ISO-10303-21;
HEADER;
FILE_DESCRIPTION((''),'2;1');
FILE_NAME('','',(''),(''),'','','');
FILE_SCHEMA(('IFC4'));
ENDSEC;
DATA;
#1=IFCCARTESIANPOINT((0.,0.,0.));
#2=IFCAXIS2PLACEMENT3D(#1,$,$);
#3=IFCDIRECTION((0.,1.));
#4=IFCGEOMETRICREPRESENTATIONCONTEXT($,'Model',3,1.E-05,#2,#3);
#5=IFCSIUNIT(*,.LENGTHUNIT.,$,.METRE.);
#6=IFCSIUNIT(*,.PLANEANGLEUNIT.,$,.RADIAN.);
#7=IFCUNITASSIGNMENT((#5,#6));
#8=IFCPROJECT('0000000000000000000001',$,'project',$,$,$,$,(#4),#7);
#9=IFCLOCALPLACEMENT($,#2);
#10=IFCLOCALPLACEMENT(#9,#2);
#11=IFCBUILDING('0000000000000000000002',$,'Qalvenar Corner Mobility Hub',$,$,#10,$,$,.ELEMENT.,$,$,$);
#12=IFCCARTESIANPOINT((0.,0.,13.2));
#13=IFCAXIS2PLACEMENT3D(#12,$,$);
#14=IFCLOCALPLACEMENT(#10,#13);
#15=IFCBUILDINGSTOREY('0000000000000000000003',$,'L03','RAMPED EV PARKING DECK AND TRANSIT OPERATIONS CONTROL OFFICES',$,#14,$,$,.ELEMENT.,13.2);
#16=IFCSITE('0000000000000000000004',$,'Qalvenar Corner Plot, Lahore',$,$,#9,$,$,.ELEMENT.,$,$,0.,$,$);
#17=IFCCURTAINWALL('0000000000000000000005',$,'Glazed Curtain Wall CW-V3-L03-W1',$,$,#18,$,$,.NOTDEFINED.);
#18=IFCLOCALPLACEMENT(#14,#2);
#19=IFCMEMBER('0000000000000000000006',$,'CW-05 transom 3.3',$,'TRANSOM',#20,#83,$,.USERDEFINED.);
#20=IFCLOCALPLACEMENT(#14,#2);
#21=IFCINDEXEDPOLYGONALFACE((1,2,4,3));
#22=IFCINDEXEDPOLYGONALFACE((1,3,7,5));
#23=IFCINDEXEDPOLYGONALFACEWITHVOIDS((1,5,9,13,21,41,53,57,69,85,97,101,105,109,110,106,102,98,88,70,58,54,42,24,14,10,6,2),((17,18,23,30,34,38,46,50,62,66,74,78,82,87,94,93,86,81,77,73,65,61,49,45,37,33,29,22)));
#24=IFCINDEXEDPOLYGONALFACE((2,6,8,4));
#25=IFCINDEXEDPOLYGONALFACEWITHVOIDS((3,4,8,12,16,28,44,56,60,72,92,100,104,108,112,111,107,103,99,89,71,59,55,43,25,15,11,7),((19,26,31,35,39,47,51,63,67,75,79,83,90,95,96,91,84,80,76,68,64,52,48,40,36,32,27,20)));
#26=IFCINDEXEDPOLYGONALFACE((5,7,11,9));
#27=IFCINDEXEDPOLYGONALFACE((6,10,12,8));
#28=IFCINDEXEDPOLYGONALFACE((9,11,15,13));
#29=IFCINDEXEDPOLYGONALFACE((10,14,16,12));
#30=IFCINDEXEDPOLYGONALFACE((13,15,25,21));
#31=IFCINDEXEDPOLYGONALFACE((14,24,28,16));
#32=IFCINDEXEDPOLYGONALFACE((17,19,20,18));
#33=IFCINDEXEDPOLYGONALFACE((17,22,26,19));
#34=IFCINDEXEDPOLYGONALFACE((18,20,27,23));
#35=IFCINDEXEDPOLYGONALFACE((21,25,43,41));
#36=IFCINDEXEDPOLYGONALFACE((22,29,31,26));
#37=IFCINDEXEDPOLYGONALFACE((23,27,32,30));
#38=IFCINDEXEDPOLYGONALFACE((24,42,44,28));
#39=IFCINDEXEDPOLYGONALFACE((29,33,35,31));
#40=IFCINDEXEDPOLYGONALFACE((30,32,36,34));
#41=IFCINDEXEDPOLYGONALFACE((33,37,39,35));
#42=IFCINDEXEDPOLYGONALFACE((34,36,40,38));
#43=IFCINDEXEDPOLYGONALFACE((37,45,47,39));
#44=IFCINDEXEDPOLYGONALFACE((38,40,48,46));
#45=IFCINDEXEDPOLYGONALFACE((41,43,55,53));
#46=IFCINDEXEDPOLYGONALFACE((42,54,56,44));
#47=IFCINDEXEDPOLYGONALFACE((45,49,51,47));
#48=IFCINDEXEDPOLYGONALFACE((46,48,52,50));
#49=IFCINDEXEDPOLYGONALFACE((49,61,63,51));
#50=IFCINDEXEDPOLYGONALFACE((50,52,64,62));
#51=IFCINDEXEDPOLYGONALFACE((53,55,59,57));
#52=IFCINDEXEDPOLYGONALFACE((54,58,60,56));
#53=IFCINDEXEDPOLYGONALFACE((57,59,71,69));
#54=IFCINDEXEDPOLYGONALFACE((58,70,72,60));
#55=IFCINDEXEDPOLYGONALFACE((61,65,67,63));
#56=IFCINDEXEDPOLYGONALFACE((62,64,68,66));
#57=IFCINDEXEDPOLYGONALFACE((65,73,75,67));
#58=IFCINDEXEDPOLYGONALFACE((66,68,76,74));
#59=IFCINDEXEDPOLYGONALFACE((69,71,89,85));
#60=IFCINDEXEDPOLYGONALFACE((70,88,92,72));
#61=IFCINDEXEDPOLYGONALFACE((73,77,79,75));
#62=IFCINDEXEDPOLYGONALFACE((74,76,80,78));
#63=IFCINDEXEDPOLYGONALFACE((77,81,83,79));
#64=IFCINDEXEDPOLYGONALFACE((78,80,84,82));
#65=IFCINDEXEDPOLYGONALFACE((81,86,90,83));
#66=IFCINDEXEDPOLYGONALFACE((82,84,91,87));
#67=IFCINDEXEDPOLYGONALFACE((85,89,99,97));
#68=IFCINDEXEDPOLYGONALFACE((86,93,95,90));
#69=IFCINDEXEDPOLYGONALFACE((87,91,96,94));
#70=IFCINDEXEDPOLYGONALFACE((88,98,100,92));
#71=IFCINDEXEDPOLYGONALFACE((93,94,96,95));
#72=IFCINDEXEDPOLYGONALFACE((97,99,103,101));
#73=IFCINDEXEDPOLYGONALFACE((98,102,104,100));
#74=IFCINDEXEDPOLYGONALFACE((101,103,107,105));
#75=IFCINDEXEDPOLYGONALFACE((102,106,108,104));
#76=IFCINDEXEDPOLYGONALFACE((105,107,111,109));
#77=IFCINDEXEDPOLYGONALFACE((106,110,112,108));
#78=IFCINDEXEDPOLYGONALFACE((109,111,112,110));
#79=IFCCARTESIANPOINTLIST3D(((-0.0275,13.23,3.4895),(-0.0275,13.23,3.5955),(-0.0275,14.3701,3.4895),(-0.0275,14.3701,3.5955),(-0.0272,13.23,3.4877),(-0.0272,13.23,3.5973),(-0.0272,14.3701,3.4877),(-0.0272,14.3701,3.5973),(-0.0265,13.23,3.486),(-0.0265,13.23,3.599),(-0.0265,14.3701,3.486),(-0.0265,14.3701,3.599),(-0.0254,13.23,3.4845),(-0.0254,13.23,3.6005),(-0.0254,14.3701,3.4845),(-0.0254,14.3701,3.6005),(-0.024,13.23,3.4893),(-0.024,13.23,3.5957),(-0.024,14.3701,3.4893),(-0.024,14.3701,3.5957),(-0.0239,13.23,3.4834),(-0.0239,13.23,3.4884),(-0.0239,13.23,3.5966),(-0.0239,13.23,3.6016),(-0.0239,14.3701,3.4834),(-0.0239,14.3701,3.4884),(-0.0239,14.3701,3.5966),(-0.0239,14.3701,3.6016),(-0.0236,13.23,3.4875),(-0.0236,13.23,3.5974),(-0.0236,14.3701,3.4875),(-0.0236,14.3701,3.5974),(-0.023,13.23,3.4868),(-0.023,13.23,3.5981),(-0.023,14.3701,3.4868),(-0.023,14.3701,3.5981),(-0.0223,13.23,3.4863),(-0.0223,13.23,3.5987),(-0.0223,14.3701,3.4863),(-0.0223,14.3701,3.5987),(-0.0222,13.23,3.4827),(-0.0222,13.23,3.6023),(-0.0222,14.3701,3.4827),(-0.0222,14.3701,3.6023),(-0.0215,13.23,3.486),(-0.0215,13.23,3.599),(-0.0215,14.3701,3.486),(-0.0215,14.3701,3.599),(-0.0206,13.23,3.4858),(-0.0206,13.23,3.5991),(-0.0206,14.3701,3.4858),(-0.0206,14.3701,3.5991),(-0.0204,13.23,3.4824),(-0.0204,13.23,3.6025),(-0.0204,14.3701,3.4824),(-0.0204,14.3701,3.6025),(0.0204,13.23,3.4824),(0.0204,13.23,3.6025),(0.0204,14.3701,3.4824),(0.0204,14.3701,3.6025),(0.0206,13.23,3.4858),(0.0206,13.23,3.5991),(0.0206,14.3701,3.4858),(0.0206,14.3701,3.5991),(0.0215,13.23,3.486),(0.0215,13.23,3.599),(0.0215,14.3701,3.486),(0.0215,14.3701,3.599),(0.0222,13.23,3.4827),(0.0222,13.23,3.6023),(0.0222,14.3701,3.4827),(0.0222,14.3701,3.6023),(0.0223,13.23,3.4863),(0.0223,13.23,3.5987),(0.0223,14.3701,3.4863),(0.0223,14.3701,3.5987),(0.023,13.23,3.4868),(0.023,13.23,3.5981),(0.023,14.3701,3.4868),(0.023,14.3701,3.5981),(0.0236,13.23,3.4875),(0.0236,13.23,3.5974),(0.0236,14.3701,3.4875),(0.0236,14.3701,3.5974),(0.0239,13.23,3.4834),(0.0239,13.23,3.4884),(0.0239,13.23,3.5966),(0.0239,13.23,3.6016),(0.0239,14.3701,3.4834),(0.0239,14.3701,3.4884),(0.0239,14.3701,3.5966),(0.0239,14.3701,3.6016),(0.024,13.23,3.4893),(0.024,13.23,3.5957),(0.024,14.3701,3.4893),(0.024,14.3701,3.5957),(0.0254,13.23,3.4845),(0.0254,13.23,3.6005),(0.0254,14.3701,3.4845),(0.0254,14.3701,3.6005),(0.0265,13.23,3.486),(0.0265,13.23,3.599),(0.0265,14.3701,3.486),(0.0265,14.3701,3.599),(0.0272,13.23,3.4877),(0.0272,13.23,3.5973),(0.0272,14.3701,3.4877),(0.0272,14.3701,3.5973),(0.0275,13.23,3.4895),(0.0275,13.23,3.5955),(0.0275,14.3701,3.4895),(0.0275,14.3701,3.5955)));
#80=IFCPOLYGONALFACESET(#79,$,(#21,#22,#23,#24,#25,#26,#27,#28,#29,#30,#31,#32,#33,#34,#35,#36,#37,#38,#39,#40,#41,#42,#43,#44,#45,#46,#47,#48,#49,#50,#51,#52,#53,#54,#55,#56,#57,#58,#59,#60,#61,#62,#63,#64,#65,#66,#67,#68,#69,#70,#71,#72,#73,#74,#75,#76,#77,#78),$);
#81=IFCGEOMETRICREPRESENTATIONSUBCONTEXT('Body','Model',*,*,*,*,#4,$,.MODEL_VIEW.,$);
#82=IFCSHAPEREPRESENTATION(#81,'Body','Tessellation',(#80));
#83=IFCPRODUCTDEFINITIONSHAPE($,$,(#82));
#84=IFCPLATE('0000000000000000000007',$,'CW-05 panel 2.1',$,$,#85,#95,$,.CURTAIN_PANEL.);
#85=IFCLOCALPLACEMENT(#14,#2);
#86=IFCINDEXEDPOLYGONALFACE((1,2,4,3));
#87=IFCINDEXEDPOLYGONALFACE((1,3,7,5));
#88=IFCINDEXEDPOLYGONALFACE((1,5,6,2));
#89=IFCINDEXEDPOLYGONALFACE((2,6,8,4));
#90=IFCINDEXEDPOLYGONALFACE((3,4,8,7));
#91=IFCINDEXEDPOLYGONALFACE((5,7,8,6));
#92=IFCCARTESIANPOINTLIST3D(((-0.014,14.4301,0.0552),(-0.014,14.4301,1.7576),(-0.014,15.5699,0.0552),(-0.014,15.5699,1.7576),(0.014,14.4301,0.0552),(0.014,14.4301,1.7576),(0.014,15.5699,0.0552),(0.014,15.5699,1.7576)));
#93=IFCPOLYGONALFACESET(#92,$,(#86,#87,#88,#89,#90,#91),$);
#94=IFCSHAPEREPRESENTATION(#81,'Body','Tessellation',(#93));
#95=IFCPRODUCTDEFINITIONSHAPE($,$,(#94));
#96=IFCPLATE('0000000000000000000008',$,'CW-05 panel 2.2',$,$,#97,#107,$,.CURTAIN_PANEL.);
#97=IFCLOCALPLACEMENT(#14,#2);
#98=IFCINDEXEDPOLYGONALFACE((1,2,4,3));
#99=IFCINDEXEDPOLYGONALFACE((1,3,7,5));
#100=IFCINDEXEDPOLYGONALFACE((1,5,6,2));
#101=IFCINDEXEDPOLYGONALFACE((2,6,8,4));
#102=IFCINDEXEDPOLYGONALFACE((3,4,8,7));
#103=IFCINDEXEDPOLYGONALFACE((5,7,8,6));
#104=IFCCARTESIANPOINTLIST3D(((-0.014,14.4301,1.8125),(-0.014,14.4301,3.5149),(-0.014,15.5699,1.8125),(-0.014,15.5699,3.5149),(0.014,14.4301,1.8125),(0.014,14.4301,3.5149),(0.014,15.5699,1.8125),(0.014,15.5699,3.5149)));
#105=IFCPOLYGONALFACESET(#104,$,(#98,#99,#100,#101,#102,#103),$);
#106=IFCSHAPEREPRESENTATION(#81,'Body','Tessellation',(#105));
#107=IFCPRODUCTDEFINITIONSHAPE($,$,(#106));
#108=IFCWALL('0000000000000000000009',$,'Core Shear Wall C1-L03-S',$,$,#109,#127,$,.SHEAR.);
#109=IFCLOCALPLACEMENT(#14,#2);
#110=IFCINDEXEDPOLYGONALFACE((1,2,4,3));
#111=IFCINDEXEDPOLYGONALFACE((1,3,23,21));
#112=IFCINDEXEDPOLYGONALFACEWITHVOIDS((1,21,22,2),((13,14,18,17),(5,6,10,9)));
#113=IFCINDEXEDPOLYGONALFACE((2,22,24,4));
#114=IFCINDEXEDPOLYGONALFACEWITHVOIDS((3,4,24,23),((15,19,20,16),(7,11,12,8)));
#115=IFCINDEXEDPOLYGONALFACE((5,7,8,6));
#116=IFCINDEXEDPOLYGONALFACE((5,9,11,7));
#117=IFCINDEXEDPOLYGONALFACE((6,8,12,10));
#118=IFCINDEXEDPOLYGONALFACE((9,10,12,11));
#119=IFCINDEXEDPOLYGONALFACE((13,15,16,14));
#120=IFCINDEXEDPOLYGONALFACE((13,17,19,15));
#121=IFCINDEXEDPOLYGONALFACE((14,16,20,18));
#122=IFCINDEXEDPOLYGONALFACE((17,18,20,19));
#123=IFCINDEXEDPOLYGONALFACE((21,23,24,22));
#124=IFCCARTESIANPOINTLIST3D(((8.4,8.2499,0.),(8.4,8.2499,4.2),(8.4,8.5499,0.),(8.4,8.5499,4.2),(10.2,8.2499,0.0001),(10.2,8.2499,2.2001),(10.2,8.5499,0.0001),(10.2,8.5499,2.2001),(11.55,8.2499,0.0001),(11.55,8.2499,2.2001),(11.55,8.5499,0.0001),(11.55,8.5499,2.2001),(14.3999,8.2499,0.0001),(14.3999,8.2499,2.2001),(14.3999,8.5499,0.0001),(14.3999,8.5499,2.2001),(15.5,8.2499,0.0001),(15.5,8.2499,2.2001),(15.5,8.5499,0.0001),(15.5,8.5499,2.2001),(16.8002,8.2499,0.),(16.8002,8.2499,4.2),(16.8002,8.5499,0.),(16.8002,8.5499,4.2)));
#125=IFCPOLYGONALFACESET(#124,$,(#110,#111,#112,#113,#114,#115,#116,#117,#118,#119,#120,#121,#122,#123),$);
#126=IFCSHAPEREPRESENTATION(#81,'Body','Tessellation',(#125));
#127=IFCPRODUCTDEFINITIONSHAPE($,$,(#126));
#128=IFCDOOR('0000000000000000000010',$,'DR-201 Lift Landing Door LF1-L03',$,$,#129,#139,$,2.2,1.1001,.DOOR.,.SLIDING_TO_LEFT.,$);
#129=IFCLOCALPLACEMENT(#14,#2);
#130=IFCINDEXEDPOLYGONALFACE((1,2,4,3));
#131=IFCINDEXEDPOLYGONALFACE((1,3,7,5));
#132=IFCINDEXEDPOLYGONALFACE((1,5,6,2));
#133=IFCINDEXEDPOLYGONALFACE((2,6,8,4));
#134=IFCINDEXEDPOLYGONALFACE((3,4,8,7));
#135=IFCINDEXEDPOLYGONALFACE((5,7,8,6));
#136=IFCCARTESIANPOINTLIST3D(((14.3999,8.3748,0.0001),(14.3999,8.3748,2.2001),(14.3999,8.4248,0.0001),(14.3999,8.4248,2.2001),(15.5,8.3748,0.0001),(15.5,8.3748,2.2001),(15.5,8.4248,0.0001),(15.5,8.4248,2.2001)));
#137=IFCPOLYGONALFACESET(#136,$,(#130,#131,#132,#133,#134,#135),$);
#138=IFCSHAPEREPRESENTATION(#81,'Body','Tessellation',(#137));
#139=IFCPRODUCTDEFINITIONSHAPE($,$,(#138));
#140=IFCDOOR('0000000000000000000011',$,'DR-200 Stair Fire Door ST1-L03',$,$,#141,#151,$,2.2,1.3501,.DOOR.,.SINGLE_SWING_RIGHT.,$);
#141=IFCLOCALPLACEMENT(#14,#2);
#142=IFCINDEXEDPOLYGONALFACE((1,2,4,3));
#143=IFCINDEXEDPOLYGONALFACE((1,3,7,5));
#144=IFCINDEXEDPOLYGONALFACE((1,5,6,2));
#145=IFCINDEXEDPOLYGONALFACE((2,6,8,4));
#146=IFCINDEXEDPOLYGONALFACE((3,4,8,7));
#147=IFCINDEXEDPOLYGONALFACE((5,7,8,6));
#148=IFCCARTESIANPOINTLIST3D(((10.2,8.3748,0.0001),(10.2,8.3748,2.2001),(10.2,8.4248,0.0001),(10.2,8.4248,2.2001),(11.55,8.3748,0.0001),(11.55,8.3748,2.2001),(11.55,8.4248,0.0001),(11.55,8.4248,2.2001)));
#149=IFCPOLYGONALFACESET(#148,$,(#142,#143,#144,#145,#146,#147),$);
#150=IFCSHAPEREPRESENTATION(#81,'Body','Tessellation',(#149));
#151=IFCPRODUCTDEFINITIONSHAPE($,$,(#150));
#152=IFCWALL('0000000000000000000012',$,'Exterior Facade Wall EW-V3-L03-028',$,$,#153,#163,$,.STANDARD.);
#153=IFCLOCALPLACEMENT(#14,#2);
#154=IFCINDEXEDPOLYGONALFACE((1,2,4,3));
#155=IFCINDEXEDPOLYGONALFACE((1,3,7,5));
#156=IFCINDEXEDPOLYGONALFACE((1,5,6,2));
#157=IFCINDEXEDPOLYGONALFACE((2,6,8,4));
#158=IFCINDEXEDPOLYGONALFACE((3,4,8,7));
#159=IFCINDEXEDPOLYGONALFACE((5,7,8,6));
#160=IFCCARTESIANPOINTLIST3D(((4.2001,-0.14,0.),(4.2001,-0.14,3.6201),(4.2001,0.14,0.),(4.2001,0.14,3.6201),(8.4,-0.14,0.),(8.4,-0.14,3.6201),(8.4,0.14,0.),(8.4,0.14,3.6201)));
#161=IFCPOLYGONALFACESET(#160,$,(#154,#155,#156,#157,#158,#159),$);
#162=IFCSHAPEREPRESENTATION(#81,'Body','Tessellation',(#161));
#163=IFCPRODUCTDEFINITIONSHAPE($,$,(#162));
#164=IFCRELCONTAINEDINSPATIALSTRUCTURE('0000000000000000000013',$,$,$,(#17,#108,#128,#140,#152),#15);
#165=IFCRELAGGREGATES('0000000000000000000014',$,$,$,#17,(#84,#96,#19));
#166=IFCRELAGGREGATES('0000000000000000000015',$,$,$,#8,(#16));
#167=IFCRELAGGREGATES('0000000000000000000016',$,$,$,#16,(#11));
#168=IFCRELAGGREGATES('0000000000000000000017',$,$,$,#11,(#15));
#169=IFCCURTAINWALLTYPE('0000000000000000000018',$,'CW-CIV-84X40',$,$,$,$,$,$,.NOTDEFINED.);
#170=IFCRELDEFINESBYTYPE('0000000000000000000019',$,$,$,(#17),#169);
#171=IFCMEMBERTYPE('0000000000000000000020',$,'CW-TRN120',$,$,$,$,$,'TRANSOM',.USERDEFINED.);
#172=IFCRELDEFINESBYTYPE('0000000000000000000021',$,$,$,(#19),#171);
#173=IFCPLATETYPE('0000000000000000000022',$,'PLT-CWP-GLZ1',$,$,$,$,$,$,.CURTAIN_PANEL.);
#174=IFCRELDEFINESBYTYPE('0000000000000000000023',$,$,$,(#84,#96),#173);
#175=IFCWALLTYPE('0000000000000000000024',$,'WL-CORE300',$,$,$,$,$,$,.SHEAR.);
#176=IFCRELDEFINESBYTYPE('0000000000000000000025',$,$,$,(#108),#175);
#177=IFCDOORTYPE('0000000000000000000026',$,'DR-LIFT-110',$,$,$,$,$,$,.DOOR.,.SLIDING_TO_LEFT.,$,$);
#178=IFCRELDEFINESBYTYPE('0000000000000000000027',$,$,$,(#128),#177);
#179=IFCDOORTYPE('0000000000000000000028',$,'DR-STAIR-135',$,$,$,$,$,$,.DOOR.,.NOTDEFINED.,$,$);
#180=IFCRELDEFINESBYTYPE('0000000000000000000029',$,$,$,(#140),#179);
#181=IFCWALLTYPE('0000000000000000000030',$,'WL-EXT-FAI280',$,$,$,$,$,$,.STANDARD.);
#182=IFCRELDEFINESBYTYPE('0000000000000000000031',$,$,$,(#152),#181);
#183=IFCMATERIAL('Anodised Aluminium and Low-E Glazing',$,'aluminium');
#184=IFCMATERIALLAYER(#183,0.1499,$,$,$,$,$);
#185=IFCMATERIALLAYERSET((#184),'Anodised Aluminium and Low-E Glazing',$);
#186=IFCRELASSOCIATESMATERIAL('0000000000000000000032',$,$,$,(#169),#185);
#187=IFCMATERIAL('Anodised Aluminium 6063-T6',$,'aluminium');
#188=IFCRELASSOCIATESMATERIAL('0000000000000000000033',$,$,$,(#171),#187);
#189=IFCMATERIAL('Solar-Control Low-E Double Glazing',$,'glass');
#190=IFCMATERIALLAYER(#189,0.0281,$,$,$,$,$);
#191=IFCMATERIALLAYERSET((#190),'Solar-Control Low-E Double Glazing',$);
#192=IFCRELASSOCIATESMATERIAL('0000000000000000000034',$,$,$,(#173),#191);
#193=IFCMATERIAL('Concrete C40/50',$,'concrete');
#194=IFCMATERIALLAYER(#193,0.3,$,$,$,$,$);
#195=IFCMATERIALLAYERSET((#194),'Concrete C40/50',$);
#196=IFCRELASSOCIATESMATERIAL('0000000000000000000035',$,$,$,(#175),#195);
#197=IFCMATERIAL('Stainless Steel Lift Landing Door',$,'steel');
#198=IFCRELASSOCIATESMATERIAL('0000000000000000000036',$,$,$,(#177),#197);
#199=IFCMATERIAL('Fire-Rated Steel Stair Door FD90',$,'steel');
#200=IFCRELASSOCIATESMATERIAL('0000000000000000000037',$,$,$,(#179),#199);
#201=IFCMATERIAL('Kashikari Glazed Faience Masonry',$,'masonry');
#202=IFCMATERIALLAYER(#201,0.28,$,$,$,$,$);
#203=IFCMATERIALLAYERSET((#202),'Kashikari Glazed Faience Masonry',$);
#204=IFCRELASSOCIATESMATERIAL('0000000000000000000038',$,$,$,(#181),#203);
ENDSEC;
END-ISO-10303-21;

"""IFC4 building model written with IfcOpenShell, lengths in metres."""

from ifc_helpers import new_model, si_unit, direction, frame, frame_2d, origin, origin_2d, place, context, subcontext, project, spatial, rectangle, hollow_rectangle, extrude, material, layer, layer_set, material_profile, profile_set, type_object, element, fill, aggregate, save


model = new_model("IFC4")

# Units and contexts
model_context = context("Model", 3, precision=1e-05, world=origin(), true_north=direction((0.0, 1.0)))
body_context = subcontext(model_context, "Body", "Model", "MODEL_VIEW")
ifc_project = project(units=[si_unit("LENGTHUNIT", "METRE"), si_unit("PLANEANGLEUNIT", "RADIAN")], contexts=[model_context])

# Site, building, storey
site_placement = place(None, origin())
site = spatial("IfcSite", under=ifc_project, at=site_placement, Name="Qalvenar Corner Plot, Lahore", CompositionType="ELEMENT", RefElevation=0.0)
building_placement = place(site_placement, origin())
building = spatial("IfcBuilding", under=site, at=building_placement, Name="Qalvenar Corner Mobility Hub", CompositionType="ELEMENT")
storey_placement = place(building_placement, frame((0.0, 0.0, 13.2)))
storey = spatial("IfcBuildingStorey", under=building, at=storey_placement, Name="L03", Description="RAMPED EV PARKING DECK AND TRANSIT OPERATIONS CONTROL OFFICES", CompositionType="ELEMENT", Elevation=13.2)

# Curtain wall, member, plates
ifc_material_1 = material(Name="Anodised Aluminium and Low-E Glazing", Category="aluminium")
ifc_layer_1 = layer(ifc_material_1, 0.1499)
ifc_layer_set_1 = layer_set([ifc_layer_1], Name="Anodised Aluminium and Low-E Glazing")
curtain_wall_type = type_object("IfcCurtainWallType", Name="CW-CIV-84X40", PredefinedType="NOTDEFINED", material=ifc_layer_set_1)
curtain_wall_placement = place(storey_placement, origin())
curtain_wall = element("IfcCurtainWall", 1, at=curtain_wall_placement, inside=storey, type_object=curtain_wall_type, Name="Glazed Curtain Wall CW-V3-L03-W1", PredefinedType="NOTDEFINED")
ifc_material_2 = material(Name="Anodised Aluminium 6063-T6", Category="aluminium")
ifc_material_profile_1 = material_profile(ifc_material_2, hollow_rectangle(XDim=0.0549, YDim=0.1201, WallThickness=0.0034, InnerFilletRadius=0.0034, OuterFilletRadius=0.0071, at=origin_2d()), Name="RHS120x55x3.5")
ifc_profile_set_1 = profile_set([ifc_material_profile_1], Name="Anodised Aluminium 6063-T6")
member_type_1 = type_object("IfcMemberType", Name="CW-TRN120", ElementType="TRANSOM", PredefinedType="USERDEFINED", material=ifc_profile_set_1)
member_1_placement = place(storey_placement, frame((0.0, 14.3701, 3.5425), z_axis=(0.0, -1.0, 0.0), x_axis=(1.0, 0.0, 0.0)))
member_1 = element("IfcMember", 2, at=member_1_placement, type_object=member_type_1, Name="CW-05 transom 3.3", ObjectType="TRANSOM", PredefinedType="USERDEFINED", context=body_context, shape_type="SweptSolid", body=[
    extrude(hollow_rectangle(XDim=0.0549, YDim=0.1201, WallThickness=0.0034, InnerFilletRadius=0.0034, OuterFilletRadius=0.0071, at=origin_2d()), origin(), (0.0, 0.0, 1.0), 1.1401),
])
ifc_material_3 = material(Name="Solar-Control Low-E Double Glazing", Category="glass")
ifc_layer_2 = layer(ifc_material_3, 0.0281)
ifc_layer_set_2 = layer_set([ifc_layer_2], Name="Solar-Control Low-E Double Glazing")
plate_type = type_object("IfcPlateType", Name="PLT-CWP-GLZ1", PredefinedType="CURTAIN_PANEL", material=ifc_layer_set_2)
plate_1_placement = place(storey_placement, frame((0.0, 15.0, 0.0552), z_axis=(0.0, 0.0, 1.0), x_axis=(0.0, -1.0, 0.0)))
plate_1 = element("IfcPlate", 3, at=plate_1_placement, type_object=plate_type, Name="CW-05 panel 2.1", PredefinedType="CURTAIN_PANEL", context=body_context, shape_type="SweptSolid", body=[
    extrude(rectangle(XDim=1.1399, YDim=0.0281, at=origin_2d()), origin(), (0.0, 0.0, 1.0), 1.7024),
])
plate_2_placement = place(storey_placement, frame((0.0, 15.0, 1.8125), z_axis=(0.0, 0.0, 1.0), x_axis=(0.0, -1.0, 0.0)))
plate_2 = element("IfcPlate", 4, at=plate_2_placement, type_object=plate_type, Name="CW-05 panel 2.2", PredefinedType="CURTAIN_PANEL", context=body_context, shape_type="SweptSolid", body=[
    extrude(rectangle(XDim=1.1399, YDim=0.0281, at=origin_2d()), origin(), (0.0, 0.0, 1.0), 1.7024),
])
aggregate(curtain_wall, [plate_1, plate_2, member_1])

# Wall, openings, doors
ifc_material_4 = material(Name="Concrete C40/50", Category="concrete")
ifc_layer_3 = layer(ifc_material_4, 0.3)
ifc_layer_set_3 = layer_set([ifc_layer_3], Name="Concrete C40/50")
wall_type_1 = type_object("IfcWallType", Name="WL-CORE300", PredefinedType="SHEAR", material=ifc_layer_set_3)
wall_1_placement = place(storey_placement, frame((8.3999, 8.3999, 0.0), z_axis=(0.0, 0.0, 1.0), x_axis=(1.0, 0.0, 0.0)))
wall_1 = element("IfcWall", 5, at=wall_1_placement, inside=storey, type_object=wall_type_1, Name="Core Shear Wall C1-L03-S", PredefinedType="SHEAR", context=body_context, shape_type="SweptSolid", body=[
    extrude(rectangle(XDim=8.4001, YDim=0.3, at=frame_2d((4.2002, 0.0))), origin(), (0.0, 0.0, 1.0), 4.2),
])
opening_1_placement = place(wall_1_placement, frame((1.8, 0.0, 0.0)))
opening_1 = element("IfcOpeningElement", 6, at=opening_1_placement, cuts=wall_1, PredefinedType="OPENING", context=body_context, shape_type="SweptSolid", body=[
    extrude(rectangle(XDim=1.3501, YDim=2.2, at=frame_2d((0.675, 1.1001))), frame((0.0, 0.1602, 0.0), z_axis=(0.0, -1.0, 0.0), x_axis=(1.0, 0.0, 0.0)), (0.0, 0.0, 1.0), 0.3201),
])
opening_2_placement = place(wall_1_placement, frame((6.0, 0.0, 0.0)))
opening_2 = element("IfcOpeningElement", 7, at=opening_2_placement, cuts=wall_1, PredefinedType="OPENING", context=body_context, shape_type="SweptSolid", body=[
    extrude(rectangle(XDim=1.1001, YDim=2.2, at=frame_2d((0.55, 1.1001))), frame((0.0, 0.1602, 0.0), z_axis=(0.0, -1.0, 0.0), x_axis=(1.0, 0.0, 0.0)), (0.0, 0.0, 1.0), 0.3201),
])
ifc_material_5 = material(Name="Stainless Steel Lift Landing Door", Category="steel")
door_type_1 = type_object("IfcDoorType", Name="DR-LIFT-110", OperationType="SLIDING_TO_LEFT", PredefinedType="DOOR", material=ifc_material_5)
door_1_placement = place(opening_2_placement, origin())
door_1 = element("IfcDoor", 8, at=door_1_placement, inside=storey, type_object=door_type_1, Name="DR-201 Lift Landing Door LF1-L03", OperationType="SLIDING_TO_LEFT", OverallHeight=2.2, OverallWidth=1.1001, PredefinedType="DOOR", context=body_context, shape_type="SweptSolid", body=[
    extrude(rectangle(XDim=1.1001, YDim=2.2, at=frame_2d((0.55, 1.1001))), frame((0.0, 0.0249, 0.0), z_axis=(0.0, -1.0, 0.0), x_axis=(1.0, 0.0, 0.0)), (0.0, 0.0, 1.0), 0.05),
])
fill(opening_2, door_1)
ifc_material_6 = material(Name="Fire-Rated Steel Stair Door FD90", Category="steel")
door_type_2 = type_object("IfcDoorType", Name="DR-STAIR-135", OperationType="NOTDEFINED", PredefinedType="DOOR", material=ifc_material_6)
door_2_placement = place(opening_1_placement, origin())
door_2 = element("IfcDoor", 9, at=door_2_placement, inside=storey, type_object=door_type_2, Name="DR-200 Stair Fire Door ST1-L03", OperationType="SINGLE_SWING_RIGHT", OverallHeight=2.2, OverallWidth=1.3501, PredefinedType="DOOR", context=body_context, shape_type="SweptSolid", body=[
    extrude(rectangle(XDim=1.3501, YDim=2.2, at=frame_2d((0.675, 1.1001))), frame((0.0, 0.0249, 0.0), z_axis=(0.0, -1.0, 0.0), x_axis=(1.0, 0.0, 0.0)), (0.0, 0.0, 1.0), 0.05),
])
fill(opening_1, door_2)

# Wall
ifc_material_7 = material(Name="Kashikari Glazed Faience Masonry", Category="masonry")
ifc_layer_4 = layer(ifc_material_7, 0.28)
ifc_layer_set_4 = layer_set([ifc_layer_4], Name="Kashikari Glazed Faience Masonry")
wall_type_2 = type_object("IfcWallType", Name="WL-EXT-FAI280", PredefinedType="STANDARD", material=ifc_layer_set_4)
wall_2_placement = place(storey_placement, frame((4.2, 0.0, 0.0), z_axis=(0.0, 0.0, 1.0), x_axis=(1.0, 0.0, 0.0)))
element("IfcWall", 10, at=wall_2_placement, inside=storey, type_object=wall_type_2, Name="Exterior Facade Wall EW-V3-L03-028", PredefinedType="STANDARD", context=body_context, shape_type="SweptSolid", body=[
    extrude(rectangle(XDim=4.2, YDim=0.28, at=frame_2d((2.1001, 0.0))), origin(), (0.0, 0.0, 1.0), 3.6201),
])

save(model, "model.ifc")
